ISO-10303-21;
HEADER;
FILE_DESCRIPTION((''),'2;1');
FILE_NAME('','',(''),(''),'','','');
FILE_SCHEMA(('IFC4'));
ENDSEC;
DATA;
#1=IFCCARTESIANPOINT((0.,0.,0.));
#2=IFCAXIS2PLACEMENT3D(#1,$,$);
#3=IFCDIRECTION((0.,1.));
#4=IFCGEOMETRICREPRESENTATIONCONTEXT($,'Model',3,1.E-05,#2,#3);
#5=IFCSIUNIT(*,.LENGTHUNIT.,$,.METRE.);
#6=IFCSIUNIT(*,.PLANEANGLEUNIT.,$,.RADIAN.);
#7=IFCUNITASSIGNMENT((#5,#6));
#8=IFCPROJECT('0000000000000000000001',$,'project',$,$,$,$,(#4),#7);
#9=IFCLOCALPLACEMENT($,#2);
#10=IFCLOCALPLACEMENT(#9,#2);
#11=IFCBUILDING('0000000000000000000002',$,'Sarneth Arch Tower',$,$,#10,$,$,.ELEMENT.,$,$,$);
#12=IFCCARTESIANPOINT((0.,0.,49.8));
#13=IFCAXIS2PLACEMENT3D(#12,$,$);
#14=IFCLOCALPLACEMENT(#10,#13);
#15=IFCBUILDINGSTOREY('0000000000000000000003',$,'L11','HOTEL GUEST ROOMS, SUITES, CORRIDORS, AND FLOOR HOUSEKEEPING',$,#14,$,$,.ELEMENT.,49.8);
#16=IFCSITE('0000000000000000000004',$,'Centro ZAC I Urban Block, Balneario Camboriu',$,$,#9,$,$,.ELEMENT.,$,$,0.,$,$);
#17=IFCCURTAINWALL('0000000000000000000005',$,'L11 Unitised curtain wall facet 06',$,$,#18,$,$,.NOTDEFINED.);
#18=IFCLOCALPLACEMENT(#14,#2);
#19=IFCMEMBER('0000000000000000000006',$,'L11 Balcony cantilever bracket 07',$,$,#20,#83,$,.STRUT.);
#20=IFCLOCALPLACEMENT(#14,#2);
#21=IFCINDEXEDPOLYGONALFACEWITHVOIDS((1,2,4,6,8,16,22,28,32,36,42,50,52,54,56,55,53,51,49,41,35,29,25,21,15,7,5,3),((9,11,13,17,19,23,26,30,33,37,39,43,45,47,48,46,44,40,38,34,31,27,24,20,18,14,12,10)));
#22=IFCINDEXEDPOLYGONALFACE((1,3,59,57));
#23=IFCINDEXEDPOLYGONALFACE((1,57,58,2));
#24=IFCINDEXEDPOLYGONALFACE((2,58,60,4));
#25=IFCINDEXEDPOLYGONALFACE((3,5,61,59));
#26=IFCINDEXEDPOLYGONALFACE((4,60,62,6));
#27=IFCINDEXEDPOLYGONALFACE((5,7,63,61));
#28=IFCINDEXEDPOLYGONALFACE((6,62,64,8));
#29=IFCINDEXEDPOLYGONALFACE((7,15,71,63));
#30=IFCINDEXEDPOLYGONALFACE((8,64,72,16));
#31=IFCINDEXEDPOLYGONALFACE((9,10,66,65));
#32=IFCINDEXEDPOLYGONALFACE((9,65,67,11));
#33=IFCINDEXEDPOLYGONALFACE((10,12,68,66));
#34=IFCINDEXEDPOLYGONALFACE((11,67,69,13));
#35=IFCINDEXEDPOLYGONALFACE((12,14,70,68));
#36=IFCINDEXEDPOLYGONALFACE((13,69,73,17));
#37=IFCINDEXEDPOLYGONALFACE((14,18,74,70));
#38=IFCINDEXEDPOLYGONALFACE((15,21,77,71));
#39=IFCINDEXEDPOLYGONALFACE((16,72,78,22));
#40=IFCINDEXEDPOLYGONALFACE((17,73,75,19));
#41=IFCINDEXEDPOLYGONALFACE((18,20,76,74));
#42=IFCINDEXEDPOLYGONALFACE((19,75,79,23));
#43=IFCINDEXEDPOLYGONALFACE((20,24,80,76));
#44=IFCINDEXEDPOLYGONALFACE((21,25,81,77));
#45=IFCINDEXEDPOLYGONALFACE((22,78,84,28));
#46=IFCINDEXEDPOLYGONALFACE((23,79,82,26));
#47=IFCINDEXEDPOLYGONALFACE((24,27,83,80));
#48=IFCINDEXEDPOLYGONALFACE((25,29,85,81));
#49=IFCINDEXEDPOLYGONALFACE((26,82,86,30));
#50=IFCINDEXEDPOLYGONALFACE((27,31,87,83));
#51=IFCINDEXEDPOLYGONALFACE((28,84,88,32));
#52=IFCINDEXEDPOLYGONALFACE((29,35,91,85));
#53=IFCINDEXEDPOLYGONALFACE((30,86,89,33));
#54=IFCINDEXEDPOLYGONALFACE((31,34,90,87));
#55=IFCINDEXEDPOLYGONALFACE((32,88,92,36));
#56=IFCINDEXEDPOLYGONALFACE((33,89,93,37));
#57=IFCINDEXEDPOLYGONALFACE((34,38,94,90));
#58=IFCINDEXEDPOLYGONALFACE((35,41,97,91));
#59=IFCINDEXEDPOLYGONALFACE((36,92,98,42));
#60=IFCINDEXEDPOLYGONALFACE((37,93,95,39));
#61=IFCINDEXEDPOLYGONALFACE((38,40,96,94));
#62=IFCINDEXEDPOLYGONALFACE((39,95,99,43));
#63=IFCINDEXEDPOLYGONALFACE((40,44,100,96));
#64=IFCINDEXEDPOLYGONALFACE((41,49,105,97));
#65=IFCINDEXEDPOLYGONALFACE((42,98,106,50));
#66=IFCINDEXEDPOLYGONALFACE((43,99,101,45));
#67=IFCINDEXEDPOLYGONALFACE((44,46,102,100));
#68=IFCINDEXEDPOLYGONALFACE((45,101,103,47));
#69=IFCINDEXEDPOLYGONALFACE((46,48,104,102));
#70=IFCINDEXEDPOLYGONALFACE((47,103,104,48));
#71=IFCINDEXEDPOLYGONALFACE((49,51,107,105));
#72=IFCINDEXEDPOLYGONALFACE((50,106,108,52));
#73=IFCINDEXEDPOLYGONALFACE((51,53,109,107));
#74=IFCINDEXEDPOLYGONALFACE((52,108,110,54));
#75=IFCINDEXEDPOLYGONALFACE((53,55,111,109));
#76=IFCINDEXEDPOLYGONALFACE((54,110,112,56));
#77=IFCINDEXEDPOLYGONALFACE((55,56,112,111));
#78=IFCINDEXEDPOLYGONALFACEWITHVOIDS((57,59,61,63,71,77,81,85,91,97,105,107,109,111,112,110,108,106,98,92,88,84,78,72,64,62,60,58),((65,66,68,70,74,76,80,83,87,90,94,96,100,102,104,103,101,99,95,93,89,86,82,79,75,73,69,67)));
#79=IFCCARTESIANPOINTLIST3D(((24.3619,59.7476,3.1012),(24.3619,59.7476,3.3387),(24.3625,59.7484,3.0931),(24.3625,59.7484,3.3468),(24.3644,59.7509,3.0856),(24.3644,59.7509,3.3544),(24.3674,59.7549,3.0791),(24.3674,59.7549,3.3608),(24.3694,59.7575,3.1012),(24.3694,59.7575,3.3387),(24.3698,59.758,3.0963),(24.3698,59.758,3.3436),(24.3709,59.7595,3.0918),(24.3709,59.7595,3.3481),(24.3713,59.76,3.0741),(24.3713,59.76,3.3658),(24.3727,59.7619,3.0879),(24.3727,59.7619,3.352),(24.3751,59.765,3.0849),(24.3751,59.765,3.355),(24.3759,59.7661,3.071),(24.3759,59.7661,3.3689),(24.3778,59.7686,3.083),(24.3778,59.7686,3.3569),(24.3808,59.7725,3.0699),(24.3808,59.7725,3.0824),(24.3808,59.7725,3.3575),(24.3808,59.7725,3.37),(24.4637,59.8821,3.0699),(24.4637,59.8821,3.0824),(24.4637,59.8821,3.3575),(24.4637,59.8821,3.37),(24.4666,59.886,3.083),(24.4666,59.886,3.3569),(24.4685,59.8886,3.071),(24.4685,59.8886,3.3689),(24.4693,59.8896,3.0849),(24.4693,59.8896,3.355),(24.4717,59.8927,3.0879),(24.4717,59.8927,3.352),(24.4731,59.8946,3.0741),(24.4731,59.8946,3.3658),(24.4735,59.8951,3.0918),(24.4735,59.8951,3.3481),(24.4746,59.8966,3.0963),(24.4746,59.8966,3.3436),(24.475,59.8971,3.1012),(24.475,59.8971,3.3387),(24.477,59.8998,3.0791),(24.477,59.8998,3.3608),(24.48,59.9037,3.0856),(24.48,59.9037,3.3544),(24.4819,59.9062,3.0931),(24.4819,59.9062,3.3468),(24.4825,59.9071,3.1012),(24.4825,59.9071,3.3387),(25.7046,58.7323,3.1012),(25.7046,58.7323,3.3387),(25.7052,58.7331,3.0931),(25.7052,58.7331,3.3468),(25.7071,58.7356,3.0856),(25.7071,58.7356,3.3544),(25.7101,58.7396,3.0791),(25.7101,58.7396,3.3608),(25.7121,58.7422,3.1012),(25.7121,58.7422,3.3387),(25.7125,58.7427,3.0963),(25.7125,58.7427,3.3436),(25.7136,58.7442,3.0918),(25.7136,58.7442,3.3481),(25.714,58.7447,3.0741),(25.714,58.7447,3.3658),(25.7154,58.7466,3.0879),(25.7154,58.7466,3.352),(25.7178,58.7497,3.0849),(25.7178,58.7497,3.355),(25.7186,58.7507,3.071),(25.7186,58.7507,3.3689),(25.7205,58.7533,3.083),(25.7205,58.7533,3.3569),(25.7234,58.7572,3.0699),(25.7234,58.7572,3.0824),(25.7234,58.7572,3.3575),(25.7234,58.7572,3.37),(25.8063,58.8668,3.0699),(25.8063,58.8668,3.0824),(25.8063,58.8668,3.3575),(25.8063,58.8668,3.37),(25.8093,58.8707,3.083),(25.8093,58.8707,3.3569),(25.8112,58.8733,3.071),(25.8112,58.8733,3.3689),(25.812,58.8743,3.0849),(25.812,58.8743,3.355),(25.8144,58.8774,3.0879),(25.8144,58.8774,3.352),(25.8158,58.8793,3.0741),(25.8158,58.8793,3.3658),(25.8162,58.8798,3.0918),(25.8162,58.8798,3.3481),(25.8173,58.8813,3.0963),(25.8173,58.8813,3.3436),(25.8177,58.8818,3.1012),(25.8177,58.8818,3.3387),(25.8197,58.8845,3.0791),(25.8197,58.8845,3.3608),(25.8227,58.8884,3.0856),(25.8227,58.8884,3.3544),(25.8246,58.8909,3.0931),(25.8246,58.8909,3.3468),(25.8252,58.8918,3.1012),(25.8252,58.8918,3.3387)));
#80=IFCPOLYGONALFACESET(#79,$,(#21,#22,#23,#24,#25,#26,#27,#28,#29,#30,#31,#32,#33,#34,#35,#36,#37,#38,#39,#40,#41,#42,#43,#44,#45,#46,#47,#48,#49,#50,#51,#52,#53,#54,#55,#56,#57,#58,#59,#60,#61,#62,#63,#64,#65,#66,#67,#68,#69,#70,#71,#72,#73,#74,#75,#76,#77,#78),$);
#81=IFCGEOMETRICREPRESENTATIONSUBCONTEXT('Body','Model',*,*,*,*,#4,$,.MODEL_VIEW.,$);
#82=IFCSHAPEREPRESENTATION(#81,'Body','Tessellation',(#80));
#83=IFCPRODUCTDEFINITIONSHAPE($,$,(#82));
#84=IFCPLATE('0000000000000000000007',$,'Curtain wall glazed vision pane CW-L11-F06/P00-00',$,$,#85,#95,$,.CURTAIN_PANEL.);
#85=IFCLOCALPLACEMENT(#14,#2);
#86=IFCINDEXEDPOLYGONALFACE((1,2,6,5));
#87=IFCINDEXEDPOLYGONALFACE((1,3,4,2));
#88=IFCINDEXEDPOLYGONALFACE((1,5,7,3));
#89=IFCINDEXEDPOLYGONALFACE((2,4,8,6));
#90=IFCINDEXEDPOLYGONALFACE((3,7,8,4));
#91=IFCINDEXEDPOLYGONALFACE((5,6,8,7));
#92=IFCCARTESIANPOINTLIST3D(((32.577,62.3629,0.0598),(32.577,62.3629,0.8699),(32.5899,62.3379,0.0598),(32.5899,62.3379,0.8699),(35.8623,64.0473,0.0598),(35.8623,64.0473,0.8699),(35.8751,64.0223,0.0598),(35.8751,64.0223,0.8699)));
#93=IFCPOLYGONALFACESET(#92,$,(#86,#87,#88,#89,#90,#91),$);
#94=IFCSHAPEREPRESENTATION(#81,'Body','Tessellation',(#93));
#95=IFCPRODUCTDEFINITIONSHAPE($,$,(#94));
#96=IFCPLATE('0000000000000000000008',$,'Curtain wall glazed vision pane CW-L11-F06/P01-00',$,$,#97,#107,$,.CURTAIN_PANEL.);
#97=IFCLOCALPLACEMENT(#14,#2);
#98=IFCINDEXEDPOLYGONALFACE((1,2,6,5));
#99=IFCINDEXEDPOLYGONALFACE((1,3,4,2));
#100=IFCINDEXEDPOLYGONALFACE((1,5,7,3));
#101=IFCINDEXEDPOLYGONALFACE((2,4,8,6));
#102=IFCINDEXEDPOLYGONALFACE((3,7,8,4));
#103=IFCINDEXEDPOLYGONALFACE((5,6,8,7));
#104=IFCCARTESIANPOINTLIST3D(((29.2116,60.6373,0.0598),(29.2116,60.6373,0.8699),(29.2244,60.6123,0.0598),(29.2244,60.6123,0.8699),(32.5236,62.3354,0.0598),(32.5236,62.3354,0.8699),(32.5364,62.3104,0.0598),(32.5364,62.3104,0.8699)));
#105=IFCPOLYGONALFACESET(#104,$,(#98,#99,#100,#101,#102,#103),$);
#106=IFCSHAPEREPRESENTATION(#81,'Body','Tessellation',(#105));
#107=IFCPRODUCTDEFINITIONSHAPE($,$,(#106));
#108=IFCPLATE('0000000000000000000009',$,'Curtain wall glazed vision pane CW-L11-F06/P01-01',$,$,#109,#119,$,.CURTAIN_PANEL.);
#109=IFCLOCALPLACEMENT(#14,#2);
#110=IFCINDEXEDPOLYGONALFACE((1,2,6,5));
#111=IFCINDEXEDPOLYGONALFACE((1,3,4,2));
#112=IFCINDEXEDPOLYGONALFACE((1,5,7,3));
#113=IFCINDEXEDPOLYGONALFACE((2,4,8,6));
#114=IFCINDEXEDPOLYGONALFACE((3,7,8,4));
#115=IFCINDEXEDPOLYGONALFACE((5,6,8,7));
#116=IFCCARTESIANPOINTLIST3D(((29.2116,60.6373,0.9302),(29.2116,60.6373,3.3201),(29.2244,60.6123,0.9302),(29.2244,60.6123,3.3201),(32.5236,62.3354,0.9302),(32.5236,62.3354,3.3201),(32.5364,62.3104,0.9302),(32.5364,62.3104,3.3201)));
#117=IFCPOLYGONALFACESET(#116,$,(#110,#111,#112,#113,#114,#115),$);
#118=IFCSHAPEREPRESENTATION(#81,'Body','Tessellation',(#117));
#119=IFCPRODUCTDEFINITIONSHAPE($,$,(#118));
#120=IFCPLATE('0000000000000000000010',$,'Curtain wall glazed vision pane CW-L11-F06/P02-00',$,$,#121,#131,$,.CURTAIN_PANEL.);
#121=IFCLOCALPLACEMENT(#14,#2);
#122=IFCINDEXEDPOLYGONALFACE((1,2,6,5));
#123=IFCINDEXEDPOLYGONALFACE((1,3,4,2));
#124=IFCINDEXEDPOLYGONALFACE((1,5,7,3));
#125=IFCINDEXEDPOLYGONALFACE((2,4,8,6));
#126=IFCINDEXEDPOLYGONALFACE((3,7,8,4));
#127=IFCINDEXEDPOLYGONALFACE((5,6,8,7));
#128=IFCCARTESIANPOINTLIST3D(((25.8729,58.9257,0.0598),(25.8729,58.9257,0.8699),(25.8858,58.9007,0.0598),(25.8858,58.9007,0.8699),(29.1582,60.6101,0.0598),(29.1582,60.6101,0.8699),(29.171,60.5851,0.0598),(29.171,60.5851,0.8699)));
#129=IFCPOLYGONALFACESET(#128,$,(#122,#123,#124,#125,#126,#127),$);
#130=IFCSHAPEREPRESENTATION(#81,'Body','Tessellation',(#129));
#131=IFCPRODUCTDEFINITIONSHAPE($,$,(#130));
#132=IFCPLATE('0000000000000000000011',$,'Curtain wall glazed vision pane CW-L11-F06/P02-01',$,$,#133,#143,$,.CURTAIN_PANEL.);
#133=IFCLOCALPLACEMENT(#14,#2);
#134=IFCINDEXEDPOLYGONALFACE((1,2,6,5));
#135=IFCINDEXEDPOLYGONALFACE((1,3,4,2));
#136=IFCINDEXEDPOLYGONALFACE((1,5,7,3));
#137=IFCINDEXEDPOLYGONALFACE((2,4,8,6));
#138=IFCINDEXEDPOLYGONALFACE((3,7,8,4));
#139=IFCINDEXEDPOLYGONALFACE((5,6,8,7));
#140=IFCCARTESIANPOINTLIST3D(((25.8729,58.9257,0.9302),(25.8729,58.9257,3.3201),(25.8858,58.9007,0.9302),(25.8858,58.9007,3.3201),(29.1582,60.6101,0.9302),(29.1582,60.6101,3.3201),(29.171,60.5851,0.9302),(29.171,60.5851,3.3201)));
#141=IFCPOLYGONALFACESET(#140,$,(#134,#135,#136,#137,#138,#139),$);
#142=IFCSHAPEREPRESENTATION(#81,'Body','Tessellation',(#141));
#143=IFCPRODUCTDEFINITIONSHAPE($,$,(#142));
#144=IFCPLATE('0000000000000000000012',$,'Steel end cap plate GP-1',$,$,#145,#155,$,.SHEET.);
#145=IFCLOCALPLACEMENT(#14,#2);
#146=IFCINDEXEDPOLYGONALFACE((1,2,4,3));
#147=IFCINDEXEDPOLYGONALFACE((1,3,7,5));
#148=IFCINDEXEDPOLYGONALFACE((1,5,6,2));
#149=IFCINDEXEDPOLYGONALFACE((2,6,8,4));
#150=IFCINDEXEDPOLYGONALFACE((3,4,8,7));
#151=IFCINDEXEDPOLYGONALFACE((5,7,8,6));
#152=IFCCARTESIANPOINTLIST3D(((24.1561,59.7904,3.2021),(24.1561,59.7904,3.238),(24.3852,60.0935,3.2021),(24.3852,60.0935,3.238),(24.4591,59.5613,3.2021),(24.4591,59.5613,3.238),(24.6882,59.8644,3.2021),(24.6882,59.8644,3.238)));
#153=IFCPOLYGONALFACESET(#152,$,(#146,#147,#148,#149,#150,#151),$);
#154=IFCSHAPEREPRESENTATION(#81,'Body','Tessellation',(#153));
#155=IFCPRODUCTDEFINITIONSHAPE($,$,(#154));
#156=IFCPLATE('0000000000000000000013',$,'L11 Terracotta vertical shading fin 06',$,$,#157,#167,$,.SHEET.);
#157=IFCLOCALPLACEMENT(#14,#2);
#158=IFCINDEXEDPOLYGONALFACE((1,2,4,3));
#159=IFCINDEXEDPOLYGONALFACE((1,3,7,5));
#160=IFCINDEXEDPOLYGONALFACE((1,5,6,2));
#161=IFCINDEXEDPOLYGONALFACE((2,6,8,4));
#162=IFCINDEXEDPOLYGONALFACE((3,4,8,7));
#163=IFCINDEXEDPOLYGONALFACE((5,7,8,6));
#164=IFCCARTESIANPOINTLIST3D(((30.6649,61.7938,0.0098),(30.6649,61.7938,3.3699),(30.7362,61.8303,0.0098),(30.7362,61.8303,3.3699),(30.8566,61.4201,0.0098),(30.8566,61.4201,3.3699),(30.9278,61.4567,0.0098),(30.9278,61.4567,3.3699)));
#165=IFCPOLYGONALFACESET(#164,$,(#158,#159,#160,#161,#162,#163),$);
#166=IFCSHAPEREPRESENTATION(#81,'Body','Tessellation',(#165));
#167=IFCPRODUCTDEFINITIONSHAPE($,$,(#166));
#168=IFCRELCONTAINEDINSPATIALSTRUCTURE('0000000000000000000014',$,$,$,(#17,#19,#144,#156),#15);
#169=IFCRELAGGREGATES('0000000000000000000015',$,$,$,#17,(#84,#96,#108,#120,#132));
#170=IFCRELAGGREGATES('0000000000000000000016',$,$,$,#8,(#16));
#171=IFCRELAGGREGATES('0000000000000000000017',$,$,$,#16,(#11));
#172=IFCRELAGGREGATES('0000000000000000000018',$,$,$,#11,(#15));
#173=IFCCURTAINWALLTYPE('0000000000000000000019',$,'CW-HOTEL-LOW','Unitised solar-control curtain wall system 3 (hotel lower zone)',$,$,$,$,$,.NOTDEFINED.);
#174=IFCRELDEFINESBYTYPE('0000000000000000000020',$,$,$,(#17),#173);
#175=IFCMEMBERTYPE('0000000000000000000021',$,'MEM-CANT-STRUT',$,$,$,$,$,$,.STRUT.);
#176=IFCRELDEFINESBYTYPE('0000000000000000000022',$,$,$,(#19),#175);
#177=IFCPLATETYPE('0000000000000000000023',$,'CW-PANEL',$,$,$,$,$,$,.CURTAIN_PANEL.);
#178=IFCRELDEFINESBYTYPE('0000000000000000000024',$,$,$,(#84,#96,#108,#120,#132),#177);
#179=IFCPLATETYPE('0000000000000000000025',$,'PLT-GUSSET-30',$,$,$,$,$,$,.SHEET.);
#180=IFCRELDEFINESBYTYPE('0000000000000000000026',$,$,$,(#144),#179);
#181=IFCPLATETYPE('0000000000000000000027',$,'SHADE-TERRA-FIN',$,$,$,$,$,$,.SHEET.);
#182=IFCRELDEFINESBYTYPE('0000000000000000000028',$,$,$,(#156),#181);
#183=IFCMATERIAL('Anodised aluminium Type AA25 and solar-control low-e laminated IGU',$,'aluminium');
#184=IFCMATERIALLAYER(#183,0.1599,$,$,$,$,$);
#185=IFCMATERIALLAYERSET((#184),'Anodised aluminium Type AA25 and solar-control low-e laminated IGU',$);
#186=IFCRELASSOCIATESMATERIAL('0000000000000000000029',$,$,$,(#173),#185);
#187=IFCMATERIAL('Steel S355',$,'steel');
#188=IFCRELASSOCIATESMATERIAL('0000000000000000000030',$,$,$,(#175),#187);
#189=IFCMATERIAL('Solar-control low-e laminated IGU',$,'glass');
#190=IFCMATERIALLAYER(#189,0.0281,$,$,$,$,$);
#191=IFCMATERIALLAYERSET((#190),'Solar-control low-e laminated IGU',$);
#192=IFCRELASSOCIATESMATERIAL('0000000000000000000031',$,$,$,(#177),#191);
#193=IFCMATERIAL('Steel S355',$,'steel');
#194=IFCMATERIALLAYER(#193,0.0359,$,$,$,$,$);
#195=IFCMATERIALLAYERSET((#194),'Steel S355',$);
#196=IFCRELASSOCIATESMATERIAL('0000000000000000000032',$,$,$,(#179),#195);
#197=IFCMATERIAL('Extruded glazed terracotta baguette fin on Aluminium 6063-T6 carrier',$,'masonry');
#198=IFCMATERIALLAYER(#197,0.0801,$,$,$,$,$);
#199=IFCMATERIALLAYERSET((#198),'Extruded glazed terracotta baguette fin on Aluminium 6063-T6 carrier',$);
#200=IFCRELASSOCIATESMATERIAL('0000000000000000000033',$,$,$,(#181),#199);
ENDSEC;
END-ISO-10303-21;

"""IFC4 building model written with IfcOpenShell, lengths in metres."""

from ifc_helpers import new_model, si_unit, direction, frame, origin, origin_2d, place, context, subcontext, project, spatial, rectangle, hollow_rectangle, extrude, material, layer, layer_set, material_profile, profile_set, type_object, element, aggregate, save


model = new_model("IFC4")

# Units and contexts
model_context = context("Model", 3, precision=1e-05, world=origin(), true_north=direction((0.0, 1.0)))
body_context = subcontext(model_context, "Body", "Model", "MODEL_VIEW")
ifc_project = project(units=[si_unit("LENGTHUNIT", "METRE"), si_unit("PLANEANGLEUNIT", "RADIAN")], contexts=[model_context])

# Site, building, storey
site_placement = place(None, origin())
site = spatial("IfcSite", under=ifc_project, at=site_placement, Name="Centro ZAC I Urban Block, Balneario Camboriu", CompositionType="ELEMENT", RefElevation=0.0)
building_placement = place(site_placement, origin())
building = spatial("IfcBuilding", under=site, at=building_placement, Name="Sarneth Arch Tower", CompositionType="ELEMENT")
storey_placement = place(building_placement, frame((0.0, 0.0, 49.8)))
storey = spatial("IfcBuildingStorey", under=building, at=storey_placement, Name="L11", Description="HOTEL GUEST ROOMS, SUITES, CORRIDORS, AND FLOOR HOUSEKEEPING", CompositionType="ELEMENT", Elevation=49.8)

# Curtain wall
ifc_material_1 = material(Name="Anodised aluminium Type AA25 and solar-control low-e laminated IGU", Category="aluminium")
ifc_layer_1 = layer(ifc_material_1, 0.1599)
ifc_layer_set_1 = layer_set([ifc_layer_1], Name="Anodised aluminium Type AA25 and solar-control low-e laminated IGU")
curtain_wall_type = type_object("IfcCurtainWallType", Name="CW-HOTEL-LOW", Description="Unitised solar-control curtain wall system 3 (hotel lower zone)", PredefinedType="NOTDEFINED", material=ifc_layer_set_1)
curtain_wall_placement = place(storey_placement, origin())
curtain_wall = element("IfcCurtainWall", 1, at=curtain_wall_placement, inside=storey, type_object=curtain_wall_type, Name="L11 Unitised curtain wall facet 06", PredefinedType="NOTDEFINED")

# Member
ifc_material_2 = material(Name="Steel S355", Category="steel")
ifc_material_profile_1 = material_profile(ifc_material_2, hollow_rectangle(XDim=0.2, YDim=0.3, WallThickness=0.0125, InnerFilletRadius=0.0188, OuterFilletRadius=0.0312, at=origin_2d()), Name="RHS300x200x12.5")
ifc_profile_set_1 = profile_set([ifc_material_profile_1], Name="Steel S355")
member_type_1 = type_object("IfcMemberType", Name="MEM-CANT-STRUT", PredefinedType="STRUT", material=ifc_profile_set_1)
member_1_placement = place(storey_placement, frame((25.7649, 58.812, 3.22), z_axis=(-0.797627, 0.603151, 0.0), x_axis=(-0.603151, -0.797627, 0.0)))
element("IfcMember", 2, at=member_1_placement, inside=storey, type_object=member_type_1, Name="L11 Balcony cantilever bracket 07", PredefinedType="STRUT", context=body_context, shape_type="SweptSolid", body=[
    extrude(hollow_rectangle(XDim=0.2, YDim=0.3, WallThickness=0.0125, InnerFilletRadius=0.0188, OuterFilletRadius=0.0312, at=origin_2d()), origin(), (0.0, 0.0, 1.0), 1.6833),
])

# Plates
ifc_material_3 = material(Name="Solar-control low-e laminated IGU", Category="glass")
ifc_layer_2 = layer(ifc_material_3, 0.0281)
ifc_layer_set_2 = layer_set([ifc_layer_2], Name="Solar-control low-e laminated IGU")
plate_type_1 = type_object("IfcPlateType", Name="CW-PANEL", PredefinedType="CURTAIN_PANEL", material=ifc_layer_set_2)
plate_1_placement = place(storey_placement, frame((34.2261, 63.1926, 0.0598), z_axis=(0.0, 0.0, 1.0), x_axis=(-0.889854, -0.456245, 0.0)))
plate_1 = element("IfcPlate", 3, at=plate_1_placement, type_object=plate_type_1, Name="Curtain wall glazed vision pane CW-L11-F06/P00-00", PredefinedType="CURTAIN_PANEL", context=body_context, shape_type="SweptSolid", body=[
    extrude(rectangle(XDim=3.6919, YDim=0.0281, at=origin_2d()), origin(), (0.0, 0.0, 1.0), 0.8101),
])
plate_2_placement = place(storey_placement, frame((30.874, 61.4739, 0.0598), z_axis=(0.0, 0.0, 1.0), x_axis=(-0.889854, -0.456245, 0.0)))
plate_2 = element("IfcPlate", 4, at=plate_2_placement, type_object=plate_type_1, Name="Curtain wall glazed vision pane CW-L11-F06/P01-00", PredefinedType="CURTAIN_PANEL", context=body_context, shape_type="SweptSolid", body=[
    extrude(rectangle(XDim=3.7219, YDim=0.0281, at=origin_2d()), origin(), (0.0, 0.0, 1.0), 0.8101),
])
plate_3_placement = place(storey_placement, frame((30.874, 61.4739, 0.9302), z_axis=(0.0, 0.0, 1.0), x_axis=(-0.889854, -0.456245, 0.0)))
plate_3 = element("IfcPlate", 5, at=plate_3_placement, type_object=plate_type_1, Name="Curtain wall glazed vision pane CW-L11-F06/P01-01", PredefinedType="CURTAIN_PANEL", context=body_context, shape_type="SweptSolid", body=[
    extrude(rectangle(XDim=3.7219, YDim=0.0281, at=origin_2d()), origin(), (0.0, 0.0, 1.0), 2.3899),
])
plate_4_placement = place(storey_placement, frame((27.522, 59.7554, 0.0598), z_axis=(0.0, 0.0, 1.0), x_axis=(-0.889854, -0.456245, 0.0)))
plate_4 = element("IfcPlate", 6, at=plate_4_placement, type_object=plate_type_1, Name="Curtain wall glazed vision pane CW-L11-F06/P02-00", PredefinedType="CURTAIN_PANEL", context=body_context, shape_type="SweptSolid", body=[
    extrude(rectangle(XDim=3.6919, YDim=0.0281, at=origin_2d()), origin(), (0.0, 0.0, 1.0), 0.8101),
])
plate_5_placement = place(storey_placement, frame((27.522, 59.7554, 0.9302), z_axis=(0.0, 0.0, 1.0), x_axis=(-0.889854, -0.456245, 0.0)))
plate_5 = element("IfcPlate", 7, at=plate_5_placement, type_object=plate_type_1, Name="Curtain wall glazed vision pane CW-L11-F06/P02-01", PredefinedType="CURTAIN_PANEL", context=body_context, shape_type="SweptSolid", body=[
    extrude(rectangle(XDim=3.6919, YDim=0.0281, at=origin_2d()), origin(), (0.0, 0.0, 1.0), 2.3899),
])
aggregate(curtain_wall, [plate_1, plate_2, plate_3, plate_4, plate_5])

# Plates
ifc_material_4 = material(Name="Steel S355", Category="steel")
ifc_layer_3 = layer(ifc_material_4, 0.0359)
ifc_layer_set_3 = layer_set([ifc_layer_3], Name="Steel S355")
plate_type_2 = type_object("IfcPlateType", Name="PLT-GUSSET-30", PredefinedType="SHEET", material=ifc_layer_set_3)
plate_6_placement = place(storey_placement, frame((24.4221, 59.8274, 3.2021), z_axis=(0.0, 0.0, 1.0), x_axis=(-0.797689, 0.603069, 0.0)))
element("IfcPlate", 8, at=plate_6_placement, inside=storey, type_object=plate_type_2, Name="Steel end cap plate GP-1", PredefinedType="SHEET", context=body_context, shape_type="SweptSolid", body=[
    extrude(rectangle(XDim=0.3799, YDim=0.3799, at=origin_2d()), origin(), (0.0, 0.0, 1.0), 0.0359),
])
ifc_material_5 = material(Name="Extruded glazed terracotta baguette fin on Aluminium 6063-T6 carrier", Category="masonry")
ifc_layer_4 = layer(ifc_material_5, 0.0801)
ifc_layer_set_4 = layer_set([ifc_layer_4], Name="Extruded glazed terracotta baguette fin on Aluminium 6063-T6 carrier")
plate_type_3 = type_object("IfcPlateType", Name="SHADE-TERRA-FIN", PredefinedType="SHEET", material=ifc_layer_set_4)
plate_7_placement = place(storey_placement, frame((30.7964, 61.6252, 0.0098), z_axis=(0.0, 0.0, 1.0), x_axis=(-0.456322, 0.889815, 0.0)))
element("IfcPlate", 9, at=plate_7_placement, inside=storey, type_object=plate_type_3, Name="L11 Terracotta vertical shading fin 06", PredefinedType="SHEET", context=body_context, shape_type="SweptSolid", body=[
    extrude(rectangle(XDim=0.4199, YDim=0.0801, at=origin_2d()), origin(), (0.0, 0.0, 1.0), 3.3601),
])

save(model, "model.ifc")
